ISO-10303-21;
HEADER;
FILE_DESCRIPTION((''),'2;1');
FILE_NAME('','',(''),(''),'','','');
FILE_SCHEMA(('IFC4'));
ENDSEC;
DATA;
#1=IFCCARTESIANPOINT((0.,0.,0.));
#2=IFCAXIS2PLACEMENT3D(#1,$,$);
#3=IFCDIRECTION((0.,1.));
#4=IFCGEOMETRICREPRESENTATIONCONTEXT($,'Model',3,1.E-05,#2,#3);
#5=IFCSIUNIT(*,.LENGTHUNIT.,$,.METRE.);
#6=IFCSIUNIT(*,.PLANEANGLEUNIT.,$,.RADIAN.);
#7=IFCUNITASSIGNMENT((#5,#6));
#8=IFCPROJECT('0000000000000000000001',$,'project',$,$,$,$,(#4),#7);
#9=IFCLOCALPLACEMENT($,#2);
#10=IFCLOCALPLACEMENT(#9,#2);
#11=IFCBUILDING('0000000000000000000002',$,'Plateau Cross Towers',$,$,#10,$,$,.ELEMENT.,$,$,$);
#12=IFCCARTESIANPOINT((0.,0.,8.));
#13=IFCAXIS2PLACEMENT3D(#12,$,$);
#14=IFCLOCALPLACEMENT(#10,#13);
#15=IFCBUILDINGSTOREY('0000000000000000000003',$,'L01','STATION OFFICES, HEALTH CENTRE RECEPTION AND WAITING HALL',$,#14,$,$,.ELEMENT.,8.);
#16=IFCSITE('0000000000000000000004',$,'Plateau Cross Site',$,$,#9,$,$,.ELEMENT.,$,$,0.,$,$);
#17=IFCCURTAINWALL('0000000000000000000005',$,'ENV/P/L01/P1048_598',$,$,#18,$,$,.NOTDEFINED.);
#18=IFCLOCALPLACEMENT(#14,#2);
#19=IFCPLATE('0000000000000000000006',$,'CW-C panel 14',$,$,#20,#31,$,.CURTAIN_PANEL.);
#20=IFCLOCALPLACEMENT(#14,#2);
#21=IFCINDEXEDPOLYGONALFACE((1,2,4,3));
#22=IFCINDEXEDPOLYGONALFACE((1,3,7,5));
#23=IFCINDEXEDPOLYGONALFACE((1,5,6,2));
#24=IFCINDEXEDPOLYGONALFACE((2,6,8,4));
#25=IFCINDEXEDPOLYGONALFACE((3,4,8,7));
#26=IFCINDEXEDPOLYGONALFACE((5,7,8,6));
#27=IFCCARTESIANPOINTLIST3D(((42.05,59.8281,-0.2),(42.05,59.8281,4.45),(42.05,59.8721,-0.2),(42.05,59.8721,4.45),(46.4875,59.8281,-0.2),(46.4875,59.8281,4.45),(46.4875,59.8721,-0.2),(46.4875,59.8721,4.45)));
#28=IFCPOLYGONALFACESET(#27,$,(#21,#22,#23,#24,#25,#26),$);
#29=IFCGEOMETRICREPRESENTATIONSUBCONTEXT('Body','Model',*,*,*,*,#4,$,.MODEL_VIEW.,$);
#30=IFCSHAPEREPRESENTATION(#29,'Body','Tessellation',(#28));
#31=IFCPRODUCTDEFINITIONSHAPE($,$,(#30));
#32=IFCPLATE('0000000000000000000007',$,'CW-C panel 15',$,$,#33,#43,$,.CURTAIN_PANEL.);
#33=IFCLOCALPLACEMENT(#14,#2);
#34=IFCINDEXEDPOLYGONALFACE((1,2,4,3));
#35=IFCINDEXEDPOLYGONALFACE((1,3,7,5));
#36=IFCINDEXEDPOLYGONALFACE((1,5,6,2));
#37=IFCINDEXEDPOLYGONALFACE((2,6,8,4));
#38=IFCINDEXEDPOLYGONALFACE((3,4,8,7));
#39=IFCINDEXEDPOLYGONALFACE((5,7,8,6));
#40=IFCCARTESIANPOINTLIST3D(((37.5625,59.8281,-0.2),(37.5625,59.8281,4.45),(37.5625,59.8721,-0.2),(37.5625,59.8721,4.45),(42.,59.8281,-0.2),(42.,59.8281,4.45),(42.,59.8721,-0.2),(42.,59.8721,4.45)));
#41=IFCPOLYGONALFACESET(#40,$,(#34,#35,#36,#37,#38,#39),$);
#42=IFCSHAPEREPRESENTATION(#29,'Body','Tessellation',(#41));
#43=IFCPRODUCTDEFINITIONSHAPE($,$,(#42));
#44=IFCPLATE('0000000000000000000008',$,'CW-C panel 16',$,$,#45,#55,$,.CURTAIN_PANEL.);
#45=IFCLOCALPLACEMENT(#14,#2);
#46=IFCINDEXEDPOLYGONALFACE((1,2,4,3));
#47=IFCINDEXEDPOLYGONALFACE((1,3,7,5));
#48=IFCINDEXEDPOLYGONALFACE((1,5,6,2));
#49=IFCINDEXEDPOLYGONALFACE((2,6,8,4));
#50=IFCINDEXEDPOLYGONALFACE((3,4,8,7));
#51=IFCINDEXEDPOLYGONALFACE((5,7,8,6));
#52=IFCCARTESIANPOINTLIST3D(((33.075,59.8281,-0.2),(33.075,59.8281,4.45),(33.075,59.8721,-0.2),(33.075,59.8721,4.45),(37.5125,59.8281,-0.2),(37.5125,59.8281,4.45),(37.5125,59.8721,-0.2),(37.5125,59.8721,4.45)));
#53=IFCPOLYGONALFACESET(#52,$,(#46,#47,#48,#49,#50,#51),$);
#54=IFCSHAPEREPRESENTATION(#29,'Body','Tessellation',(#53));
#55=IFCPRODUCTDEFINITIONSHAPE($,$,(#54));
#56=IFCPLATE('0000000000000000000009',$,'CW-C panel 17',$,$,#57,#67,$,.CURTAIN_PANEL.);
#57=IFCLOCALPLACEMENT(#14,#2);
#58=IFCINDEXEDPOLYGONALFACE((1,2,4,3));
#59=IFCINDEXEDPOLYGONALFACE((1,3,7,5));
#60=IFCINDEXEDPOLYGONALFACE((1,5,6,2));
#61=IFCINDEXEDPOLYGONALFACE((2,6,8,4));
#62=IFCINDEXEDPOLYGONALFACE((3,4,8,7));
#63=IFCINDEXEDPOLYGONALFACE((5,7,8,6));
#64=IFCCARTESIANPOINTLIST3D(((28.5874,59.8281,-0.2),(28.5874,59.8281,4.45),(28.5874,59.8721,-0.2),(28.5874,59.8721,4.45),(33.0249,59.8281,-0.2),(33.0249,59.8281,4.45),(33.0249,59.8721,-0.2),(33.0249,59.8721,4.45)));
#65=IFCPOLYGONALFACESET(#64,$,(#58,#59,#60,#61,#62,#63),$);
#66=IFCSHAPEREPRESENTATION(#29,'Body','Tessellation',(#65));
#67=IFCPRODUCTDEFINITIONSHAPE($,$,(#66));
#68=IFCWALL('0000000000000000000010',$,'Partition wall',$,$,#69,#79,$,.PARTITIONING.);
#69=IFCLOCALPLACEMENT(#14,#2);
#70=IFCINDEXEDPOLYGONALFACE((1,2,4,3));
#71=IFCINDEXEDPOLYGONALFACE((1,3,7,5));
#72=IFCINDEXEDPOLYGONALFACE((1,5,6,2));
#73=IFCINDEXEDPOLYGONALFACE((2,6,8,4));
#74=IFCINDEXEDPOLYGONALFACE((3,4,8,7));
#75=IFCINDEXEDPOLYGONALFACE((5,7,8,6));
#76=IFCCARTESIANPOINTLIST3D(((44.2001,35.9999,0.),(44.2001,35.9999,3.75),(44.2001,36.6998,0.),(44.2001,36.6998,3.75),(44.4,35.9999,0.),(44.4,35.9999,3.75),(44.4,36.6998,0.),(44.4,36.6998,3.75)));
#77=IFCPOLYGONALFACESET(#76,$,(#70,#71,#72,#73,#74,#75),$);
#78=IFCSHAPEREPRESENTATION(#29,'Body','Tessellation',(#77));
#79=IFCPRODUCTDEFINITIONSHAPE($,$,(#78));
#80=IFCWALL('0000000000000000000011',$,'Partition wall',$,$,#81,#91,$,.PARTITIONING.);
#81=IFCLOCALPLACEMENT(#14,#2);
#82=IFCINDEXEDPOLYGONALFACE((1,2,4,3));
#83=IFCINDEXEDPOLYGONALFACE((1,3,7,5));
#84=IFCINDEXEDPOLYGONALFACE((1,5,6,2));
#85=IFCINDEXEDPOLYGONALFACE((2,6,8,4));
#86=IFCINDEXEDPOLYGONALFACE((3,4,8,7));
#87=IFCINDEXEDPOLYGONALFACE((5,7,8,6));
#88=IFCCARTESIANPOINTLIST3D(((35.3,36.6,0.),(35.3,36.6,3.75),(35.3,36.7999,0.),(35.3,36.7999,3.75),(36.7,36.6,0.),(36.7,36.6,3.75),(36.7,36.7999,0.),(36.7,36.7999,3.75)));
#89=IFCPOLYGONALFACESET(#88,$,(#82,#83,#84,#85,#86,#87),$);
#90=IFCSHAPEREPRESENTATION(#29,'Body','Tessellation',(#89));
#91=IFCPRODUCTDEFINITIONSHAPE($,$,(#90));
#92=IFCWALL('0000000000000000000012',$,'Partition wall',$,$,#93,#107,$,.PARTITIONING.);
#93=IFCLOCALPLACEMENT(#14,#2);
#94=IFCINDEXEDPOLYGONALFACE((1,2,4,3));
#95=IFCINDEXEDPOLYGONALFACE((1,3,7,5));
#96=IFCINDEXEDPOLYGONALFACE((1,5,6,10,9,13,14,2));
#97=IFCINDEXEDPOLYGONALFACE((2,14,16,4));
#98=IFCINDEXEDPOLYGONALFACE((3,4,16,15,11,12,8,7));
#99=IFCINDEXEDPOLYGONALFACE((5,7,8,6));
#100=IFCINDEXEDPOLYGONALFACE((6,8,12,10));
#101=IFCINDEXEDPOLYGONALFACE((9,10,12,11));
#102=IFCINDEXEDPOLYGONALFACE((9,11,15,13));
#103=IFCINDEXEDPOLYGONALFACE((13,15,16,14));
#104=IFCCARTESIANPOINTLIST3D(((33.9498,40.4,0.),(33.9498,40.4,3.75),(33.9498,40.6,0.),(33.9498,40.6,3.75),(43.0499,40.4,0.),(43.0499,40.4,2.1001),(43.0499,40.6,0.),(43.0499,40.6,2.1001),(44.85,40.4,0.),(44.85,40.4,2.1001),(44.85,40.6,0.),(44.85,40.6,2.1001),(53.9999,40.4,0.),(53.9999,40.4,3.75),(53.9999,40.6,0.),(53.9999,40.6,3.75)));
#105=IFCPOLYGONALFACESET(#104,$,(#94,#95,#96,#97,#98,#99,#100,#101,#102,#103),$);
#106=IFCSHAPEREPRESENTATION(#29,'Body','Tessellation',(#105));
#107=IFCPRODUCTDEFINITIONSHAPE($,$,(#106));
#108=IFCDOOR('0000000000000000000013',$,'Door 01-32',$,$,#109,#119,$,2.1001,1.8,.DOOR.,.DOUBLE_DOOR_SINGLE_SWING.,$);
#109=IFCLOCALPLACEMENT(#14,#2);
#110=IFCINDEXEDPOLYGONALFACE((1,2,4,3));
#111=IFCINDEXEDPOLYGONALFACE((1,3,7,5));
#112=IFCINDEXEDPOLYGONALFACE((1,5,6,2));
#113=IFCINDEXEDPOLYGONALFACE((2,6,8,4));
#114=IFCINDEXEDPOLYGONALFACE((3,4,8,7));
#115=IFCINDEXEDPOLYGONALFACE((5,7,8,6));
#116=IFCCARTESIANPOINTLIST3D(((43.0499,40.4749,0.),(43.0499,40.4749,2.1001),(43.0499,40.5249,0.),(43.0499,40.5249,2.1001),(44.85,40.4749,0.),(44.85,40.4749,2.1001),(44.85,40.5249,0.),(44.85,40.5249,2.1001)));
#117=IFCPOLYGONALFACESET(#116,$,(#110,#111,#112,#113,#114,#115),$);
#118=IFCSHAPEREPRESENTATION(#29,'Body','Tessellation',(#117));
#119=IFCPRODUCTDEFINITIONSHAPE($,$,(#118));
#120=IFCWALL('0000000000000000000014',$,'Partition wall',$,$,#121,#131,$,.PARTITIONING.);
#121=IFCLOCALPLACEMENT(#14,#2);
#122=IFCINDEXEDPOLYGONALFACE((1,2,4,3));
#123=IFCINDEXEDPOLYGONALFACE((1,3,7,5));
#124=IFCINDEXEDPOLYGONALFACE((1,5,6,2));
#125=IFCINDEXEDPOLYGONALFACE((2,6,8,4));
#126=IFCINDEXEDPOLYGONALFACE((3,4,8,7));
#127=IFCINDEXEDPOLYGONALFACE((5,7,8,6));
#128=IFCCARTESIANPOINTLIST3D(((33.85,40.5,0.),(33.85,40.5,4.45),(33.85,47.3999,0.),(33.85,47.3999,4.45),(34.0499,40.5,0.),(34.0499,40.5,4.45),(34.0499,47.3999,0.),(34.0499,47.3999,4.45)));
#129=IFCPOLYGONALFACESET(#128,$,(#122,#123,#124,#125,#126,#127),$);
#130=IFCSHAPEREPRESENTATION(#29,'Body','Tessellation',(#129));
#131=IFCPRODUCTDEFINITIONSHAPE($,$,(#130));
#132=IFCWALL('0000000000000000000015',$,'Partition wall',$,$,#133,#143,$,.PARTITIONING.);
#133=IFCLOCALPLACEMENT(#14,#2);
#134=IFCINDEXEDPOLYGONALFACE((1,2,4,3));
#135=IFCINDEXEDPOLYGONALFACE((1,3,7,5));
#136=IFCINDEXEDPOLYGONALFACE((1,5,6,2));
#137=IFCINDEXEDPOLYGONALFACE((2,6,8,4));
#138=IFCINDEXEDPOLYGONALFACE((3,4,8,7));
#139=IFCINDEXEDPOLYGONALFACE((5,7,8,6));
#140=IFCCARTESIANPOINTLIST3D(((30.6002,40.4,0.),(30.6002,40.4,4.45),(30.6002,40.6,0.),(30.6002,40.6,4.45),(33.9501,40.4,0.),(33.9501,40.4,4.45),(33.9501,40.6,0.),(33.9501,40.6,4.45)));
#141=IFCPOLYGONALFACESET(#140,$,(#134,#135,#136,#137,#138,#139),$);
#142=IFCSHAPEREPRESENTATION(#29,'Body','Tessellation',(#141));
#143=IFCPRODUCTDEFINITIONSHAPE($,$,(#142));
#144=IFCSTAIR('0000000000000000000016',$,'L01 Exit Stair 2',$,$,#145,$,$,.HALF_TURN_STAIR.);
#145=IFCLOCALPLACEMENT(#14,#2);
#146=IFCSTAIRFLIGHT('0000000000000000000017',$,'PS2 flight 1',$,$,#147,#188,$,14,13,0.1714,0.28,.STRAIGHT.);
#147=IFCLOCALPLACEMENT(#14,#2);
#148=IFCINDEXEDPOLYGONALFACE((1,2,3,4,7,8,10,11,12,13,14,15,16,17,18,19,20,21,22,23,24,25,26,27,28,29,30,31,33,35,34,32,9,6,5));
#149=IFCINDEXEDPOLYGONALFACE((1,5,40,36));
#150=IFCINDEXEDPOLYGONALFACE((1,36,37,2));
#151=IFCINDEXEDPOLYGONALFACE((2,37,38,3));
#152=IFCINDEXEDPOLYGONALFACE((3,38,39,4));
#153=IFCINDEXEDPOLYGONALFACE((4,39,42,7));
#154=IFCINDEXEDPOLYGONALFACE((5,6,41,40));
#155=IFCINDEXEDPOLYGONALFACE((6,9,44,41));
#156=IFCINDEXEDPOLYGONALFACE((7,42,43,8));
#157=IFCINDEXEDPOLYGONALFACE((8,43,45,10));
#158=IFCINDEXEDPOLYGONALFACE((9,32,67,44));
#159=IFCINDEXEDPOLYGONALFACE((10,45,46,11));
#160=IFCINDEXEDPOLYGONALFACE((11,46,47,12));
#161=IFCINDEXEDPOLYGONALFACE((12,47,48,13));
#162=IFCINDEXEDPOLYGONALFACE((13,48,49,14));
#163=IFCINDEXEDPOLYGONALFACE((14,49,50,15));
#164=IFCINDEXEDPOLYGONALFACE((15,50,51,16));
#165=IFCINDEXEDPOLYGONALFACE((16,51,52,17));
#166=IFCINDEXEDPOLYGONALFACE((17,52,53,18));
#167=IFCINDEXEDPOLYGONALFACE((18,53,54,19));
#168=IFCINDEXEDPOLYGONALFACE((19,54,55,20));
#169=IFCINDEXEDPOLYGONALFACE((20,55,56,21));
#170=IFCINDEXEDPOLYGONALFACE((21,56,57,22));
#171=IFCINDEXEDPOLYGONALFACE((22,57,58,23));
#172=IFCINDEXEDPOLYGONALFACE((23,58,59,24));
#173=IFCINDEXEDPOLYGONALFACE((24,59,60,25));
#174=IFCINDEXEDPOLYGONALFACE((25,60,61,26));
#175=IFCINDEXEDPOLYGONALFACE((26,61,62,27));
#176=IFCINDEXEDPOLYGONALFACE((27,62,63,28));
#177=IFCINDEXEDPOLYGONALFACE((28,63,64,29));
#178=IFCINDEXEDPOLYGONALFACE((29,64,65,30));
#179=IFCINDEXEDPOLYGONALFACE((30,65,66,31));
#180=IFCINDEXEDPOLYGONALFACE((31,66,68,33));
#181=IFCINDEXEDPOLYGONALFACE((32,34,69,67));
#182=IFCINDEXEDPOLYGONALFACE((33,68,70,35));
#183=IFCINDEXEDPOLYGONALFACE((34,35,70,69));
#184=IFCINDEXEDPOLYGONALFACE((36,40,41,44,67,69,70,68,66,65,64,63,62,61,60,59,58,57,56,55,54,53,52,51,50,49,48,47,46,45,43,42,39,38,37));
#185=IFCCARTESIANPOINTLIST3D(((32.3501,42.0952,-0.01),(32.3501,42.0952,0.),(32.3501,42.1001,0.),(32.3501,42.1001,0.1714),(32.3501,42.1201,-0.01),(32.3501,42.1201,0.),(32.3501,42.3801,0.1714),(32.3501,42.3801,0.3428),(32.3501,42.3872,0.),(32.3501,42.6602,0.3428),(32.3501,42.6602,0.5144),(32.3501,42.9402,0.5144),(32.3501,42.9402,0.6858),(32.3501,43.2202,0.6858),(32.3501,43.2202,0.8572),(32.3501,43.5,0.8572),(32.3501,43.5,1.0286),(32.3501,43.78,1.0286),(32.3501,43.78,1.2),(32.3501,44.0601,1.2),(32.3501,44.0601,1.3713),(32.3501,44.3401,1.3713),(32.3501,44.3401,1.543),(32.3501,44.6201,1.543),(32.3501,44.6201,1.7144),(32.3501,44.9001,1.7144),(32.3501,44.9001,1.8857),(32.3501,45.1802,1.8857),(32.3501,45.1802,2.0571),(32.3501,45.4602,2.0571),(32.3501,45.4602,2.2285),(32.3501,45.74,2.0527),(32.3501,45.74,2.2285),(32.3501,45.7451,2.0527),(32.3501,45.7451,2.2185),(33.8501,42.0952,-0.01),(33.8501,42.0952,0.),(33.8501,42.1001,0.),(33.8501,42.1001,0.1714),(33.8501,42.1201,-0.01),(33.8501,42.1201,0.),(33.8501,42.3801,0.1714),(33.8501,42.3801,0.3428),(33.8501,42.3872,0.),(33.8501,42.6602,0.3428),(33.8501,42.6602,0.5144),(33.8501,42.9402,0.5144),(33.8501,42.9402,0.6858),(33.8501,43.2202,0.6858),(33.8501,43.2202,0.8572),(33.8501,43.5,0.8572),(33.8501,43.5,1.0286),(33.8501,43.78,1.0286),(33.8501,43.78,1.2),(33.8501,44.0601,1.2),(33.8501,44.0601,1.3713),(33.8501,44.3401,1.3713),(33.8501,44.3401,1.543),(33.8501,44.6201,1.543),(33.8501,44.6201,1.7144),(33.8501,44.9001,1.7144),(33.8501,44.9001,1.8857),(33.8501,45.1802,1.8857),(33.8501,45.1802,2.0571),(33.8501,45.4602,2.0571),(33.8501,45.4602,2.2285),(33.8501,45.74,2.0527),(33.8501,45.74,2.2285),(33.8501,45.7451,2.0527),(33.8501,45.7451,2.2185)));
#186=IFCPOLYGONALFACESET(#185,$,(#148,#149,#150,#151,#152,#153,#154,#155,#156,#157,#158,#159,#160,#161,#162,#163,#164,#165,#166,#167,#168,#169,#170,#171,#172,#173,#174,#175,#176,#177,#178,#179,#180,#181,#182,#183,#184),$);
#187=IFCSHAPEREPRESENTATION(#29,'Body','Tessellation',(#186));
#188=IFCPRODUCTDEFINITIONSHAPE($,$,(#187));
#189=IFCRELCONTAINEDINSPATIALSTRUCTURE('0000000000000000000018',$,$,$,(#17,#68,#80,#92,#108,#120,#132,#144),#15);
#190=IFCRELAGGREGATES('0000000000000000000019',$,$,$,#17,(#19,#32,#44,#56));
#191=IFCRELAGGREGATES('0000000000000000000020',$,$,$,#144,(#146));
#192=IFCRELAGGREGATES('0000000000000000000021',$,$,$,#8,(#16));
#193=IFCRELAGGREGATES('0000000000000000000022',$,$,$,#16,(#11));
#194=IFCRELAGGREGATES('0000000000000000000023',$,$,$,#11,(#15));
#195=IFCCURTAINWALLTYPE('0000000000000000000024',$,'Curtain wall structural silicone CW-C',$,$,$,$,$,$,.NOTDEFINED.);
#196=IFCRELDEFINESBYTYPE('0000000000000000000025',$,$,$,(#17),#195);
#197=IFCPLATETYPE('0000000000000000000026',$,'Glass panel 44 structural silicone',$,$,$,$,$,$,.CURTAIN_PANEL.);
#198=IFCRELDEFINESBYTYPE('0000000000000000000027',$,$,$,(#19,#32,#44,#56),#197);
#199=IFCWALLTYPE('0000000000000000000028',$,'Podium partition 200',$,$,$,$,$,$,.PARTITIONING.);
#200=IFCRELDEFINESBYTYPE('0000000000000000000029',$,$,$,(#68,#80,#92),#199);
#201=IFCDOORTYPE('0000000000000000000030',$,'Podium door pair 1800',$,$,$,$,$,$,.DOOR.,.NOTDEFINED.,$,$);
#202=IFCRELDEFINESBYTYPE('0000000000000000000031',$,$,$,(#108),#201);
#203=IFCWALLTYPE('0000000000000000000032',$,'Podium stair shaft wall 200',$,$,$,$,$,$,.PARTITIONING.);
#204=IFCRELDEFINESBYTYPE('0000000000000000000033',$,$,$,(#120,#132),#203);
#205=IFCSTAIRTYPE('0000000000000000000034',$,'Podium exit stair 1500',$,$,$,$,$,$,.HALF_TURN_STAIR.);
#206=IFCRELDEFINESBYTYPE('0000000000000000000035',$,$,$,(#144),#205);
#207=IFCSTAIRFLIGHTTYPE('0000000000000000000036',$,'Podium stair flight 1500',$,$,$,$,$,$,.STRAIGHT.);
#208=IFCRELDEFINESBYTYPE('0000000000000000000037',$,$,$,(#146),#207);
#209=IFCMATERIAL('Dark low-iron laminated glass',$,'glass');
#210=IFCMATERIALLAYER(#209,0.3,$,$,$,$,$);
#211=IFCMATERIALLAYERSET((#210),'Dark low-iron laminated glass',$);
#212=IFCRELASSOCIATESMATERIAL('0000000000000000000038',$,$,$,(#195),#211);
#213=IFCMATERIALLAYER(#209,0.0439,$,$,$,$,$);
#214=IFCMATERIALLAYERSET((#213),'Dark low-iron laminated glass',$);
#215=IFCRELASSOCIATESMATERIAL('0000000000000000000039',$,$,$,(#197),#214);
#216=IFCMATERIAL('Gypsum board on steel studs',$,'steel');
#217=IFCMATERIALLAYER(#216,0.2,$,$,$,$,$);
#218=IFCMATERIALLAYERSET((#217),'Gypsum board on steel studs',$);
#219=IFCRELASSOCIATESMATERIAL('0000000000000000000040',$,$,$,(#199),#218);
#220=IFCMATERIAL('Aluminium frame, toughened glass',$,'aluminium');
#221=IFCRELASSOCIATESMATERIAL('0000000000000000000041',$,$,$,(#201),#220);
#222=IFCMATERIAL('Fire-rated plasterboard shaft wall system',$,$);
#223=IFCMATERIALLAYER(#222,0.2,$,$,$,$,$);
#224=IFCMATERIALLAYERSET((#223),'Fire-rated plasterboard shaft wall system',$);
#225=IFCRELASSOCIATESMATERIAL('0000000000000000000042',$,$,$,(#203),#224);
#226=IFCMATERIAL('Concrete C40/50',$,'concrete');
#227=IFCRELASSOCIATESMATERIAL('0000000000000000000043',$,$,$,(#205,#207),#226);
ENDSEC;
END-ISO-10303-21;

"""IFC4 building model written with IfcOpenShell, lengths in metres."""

from ifc_helpers import new_model, si_unit, direction, frame, frame_2d, origin, origin_2d, place, context, subcontext, project, spatial, polyline, rectangle, outline, extrude, material, layer, layer_set, type_object, element, fill, aggregate, save


model = new_model("IFC4")

# Units and contexts
model_context = context("Model", 3, precision=1e-05, world=origin(), true_north=direction((0.0, 1.0)))
body_context = subcontext(model_context, "Body", "Model", "MODEL_VIEW")
ifc_project = project(units=[si_unit("LENGTHUNIT", "METRE"), si_unit("PLANEANGLEUNIT", "RADIAN")], contexts=[model_context])

# Site, building, storey
site_placement = place(None, origin())
site = spatial("IfcSite", under=ifc_project, at=site_placement, Name="Plateau Cross Site", CompositionType="ELEMENT", RefElevation=0.0)
building_placement = place(site_placement, origin())
building = spatial("IfcBuilding", under=site, at=building_placement, Name="Plateau Cross Towers", CompositionType="ELEMENT")
storey_placement = place(building_placement, frame((0.0, 0.0, 8.0)))
storey = spatial("IfcBuildingStorey", under=building, at=storey_placement, Name="L01", Description="STATION OFFICES, HEALTH CENTRE RECEPTION AND WAITING HALL", CompositionType="ELEMENT", Elevation=8.0)

# Curtain wall
ifc_material_1 = material(Name="Dark low-iron laminated glass", Category="glass")
ifc_layer_1 = layer(ifc_material_1, 0.3)
ifc_layer_set_1 = layer_set([ifc_layer_1], Name="Dark low-iron laminated glass")
curtain_wall_type = type_object("IfcCurtainWallType", Name="Curtain wall structural silicone CW-C", PredefinedType="NOTDEFINED", material=ifc_layer_set_1)
curtain_wall_placement = place(storey_placement, origin())
curtain_wall = element("IfcCurtainWall", 1, at=curtain_wall_placement, inside=storey, type_object=curtain_wall_type, Name="ENV/P/L01/P1048_598", PredefinedType="NOTDEFINED")

# Plates
ifc_layer_2 = layer(ifc_material_1, 0.0439)
ifc_layer_set_2 = layer_set([ifc_layer_2], Name="Dark low-iron laminated glass")
plate_type = type_object("IfcPlateType", Name="Glass panel 44 structural silicone", PredefinedType="CURTAIN_PANEL", material=ifc_layer_set_2)
plate_1_placement = place(storey_placement, frame((44.2688, 59.8501, -0.2), z_axis=(0.0, 0.0, 1.0), x_axis=(-1.0, 0.0, 0.0)))
plate_1 = element("IfcPlate", 2, at=plate_1_placement, type_object=plate_type, Name="CW-C panel 14", PredefinedType="CURTAIN_PANEL", context=body_context, shape_type="SweptSolid", body=[
    extrude(rectangle(XDim=4.4375, YDim=0.0439, at=origin_2d()), origin(), (0.0, 0.0, 1.0), 4.6499),
])
plate_2_placement = place(storey_placement, frame((39.7812, 59.8501, -0.2), z_axis=(0.0, 0.0, 1.0), x_axis=(-1.0, 0.0, 0.0)))
plate_2 = element("IfcPlate", 3, at=plate_2_placement, type_object=plate_type, Name="CW-C panel 15", PredefinedType="CURTAIN_PANEL", context=body_context, shape_type="SweptSolid", body=[
    extrude(rectangle(XDim=4.4375, YDim=0.0439, at=origin_2d()), origin(), (0.0, 0.0, 1.0), 4.6499),
])
plate_3_placement = place(storey_placement, frame((35.2937, 59.8501, -0.2), z_axis=(0.0, 0.0, 1.0), x_axis=(-1.0, 0.0, 0.0)))
plate_3 = element("IfcPlate", 4, at=plate_3_placement, type_object=plate_type, Name="CW-C panel 16", PredefinedType="CURTAIN_PANEL", context=body_context, shape_type="SweptSolid", body=[
    extrude(rectangle(XDim=4.4375, YDim=0.0439, at=origin_2d()), origin(), (0.0, 0.0, 1.0), 4.6499),
])
plate_4_placement = place(storey_placement, frame((30.8062, 59.8501, -0.2), z_axis=(0.0, 0.0, 1.0), x_axis=(-1.0, 0.0, 0.0)))
plate_4 = element("IfcPlate", 5, at=plate_4_placement, type_object=plate_type, Name="CW-C panel 17", PredefinedType="CURTAIN_PANEL", context=body_context, shape_type="SweptSolid", body=[
    extrude(rectangle(XDim=4.4375, YDim=0.0439, at=origin_2d()), origin(), (0.0, 0.0, 1.0), 4.6499),
])
aggregate(curtain_wall, [plate_1, plate_2, plate_3, plate_4])

# Walls
ifc_material_2 = material(Name="Gypsum board on steel studs", Category="steel")
ifc_layer_3 = layer(ifc_material_2, 0.2)
ifc_layer_set_3 = layer_set([ifc_layer_3], Name="Gypsum board on steel studs")
wall_type_1 = type_object("IfcWallType", Name="Podium partition 200", PredefinedType="PARTITIONING", material=ifc_layer_set_3)
wall_1_placement = place(storey_placement, frame((44.3, 36.7, 0.0), z_axis=(0.0, 0.0, 1.0), x_axis=(0.0, -1.0, 0.0)))
element("IfcWall", 6, at=wall_1_placement, inside=storey, type_object=wall_type_1, Name="Partition wall", PredefinedType="PARTITIONING", context=body_context, shape_type="SweptSolid", body=[
    extrude(rectangle(XDim=0.7, YDim=0.2, at=frame_2d((0.3501, 0.0))), origin(), (0.0, 0.0, 1.0), 3.75),
])
wall_2_placement = place(storey_placement, frame((36.7, 36.7, 0.0), z_axis=(0.0, 0.0, 1.0), x_axis=(-1.0, 0.0, 0.0)))
element("IfcWall", 7, at=wall_2_placement, inside=storey, type_object=wall_type_1, Name="Partition wall", PredefinedType="PARTITIONING", context=body_context, shape_type="SweptSolid", body=[
    extrude(rectangle(XDim=1.3999, YDim=0.2, at=frame_2d((0.7, 0.0))), origin(), (0.0, 0.0, 1.0), 3.75),
])

# Wall, opening, door
wall_3_placement = place(storey_placement, frame((33.95, 40.5, 0.0), z_axis=(0.0, 0.0, 1.0), x_axis=(1.0, 0.0, 0.0)))
wall_3 = element("IfcWall", 8, at=wall_3_placement, inside=storey, type_object=wall_type_1, Name="Partition wall", PredefinedType="PARTITIONING", context=body_context, shape_type="SweptSolid", body=[
    extrude(rectangle(XDim=20.05, YDim=0.2, at=frame_2d((10.0249, 0.0))), origin(), (0.0, 0.0, 1.0), 3.75),
])
opening_placement = place(wall_3_placement, frame((9.1001, 0.0, 0.0)))
opening = element("IfcOpeningElement", 9, at=opening_placement, cuts=wall_3, PredefinedType="OPENING", context=body_context, shape_type="SweptSolid", body=[
    extrude(rectangle(XDim=1.8, YDim=2.1001, at=frame_2d((0.8999, 1.05))), frame((0.0, 0.1099, 0.0), z_axis=(0.0, -1.0, 0.0), x_axis=(1.0, 0.0, 0.0)), (0.0, 0.0, 1.0), 0.22),
])
ifc_material_3 = material(Name="Aluminium frame, toughened glass", Category="aluminium")
door_type = type_object("IfcDoorType", Name="Podium door pair 1800", OperationType="NOTDEFINED", PredefinedType="DOOR", material=ifc_material_3)
door_placement = place(opening_placement, origin())
door = element("IfcDoor", 10, at=door_placement, inside=storey, type_object=door_type, Name="Door 01-32", OperationType="DOUBLE_DOOR_SINGLE_SWING", OverallHeight=2.1001, OverallWidth=1.8, PredefinedType="DOOR", context=body_context, shape_type="SweptSolid", body=[
    extrude(rectangle(XDim=1.8, YDim=2.1001, at=frame_2d((0.8999, 1.05))), frame((0.0, 0.0249, 0.0), z_axis=(0.0, -1.0, 0.0), x_axis=(1.0, 0.0, 0.0)), (0.0, 0.0, 1.0), 0.05),
])
fill(opening, door)

# Walls
ifc_material_4 = material(Name="Fire-rated plasterboard shaft wall system")
ifc_layer_4 = layer(ifc_material_4, 0.2)
ifc_layer_set_4 = layer_set([ifc_layer_4], Name="Fire-rated plasterboard shaft wall system")
wall_type_2 = type_object("IfcWallType", Name="Podium stair shaft wall 200", PredefinedType="PARTITIONING", material=ifc_layer_set_4)
wall_4_placement = place(storey_placement, frame((33.95, 47.3999, 0.0), z_axis=(0.0, 0.0, 1.0), x_axis=(0.0, -1.0, 0.0)))
element("IfcWall", 11, at=wall_4_placement, inside=storey, type_object=wall_type_2, Name="Partition wall", PredefinedType="PARTITIONING", context=body_context, shape_type="SweptSolid", body=[
    extrude(rectangle(XDim=6.8999, YDim=0.2, at=frame_2d((3.45, 0.0))), origin(), (0.0, 0.0, 1.0), 4.45),
])
wall_5_placement = place(storey_placement, frame((33.95, 40.5, 0.0), z_axis=(0.0, 0.0, 1.0), x_axis=(-1.0, 0.0, 0.0)))
element("IfcWall", 12, at=wall_5_placement, inside=storey, type_object=wall_type_2, Name="Partition wall", PredefinedType="PARTITIONING", context=body_context, shape_type="SweptSolid", body=[
    extrude(rectangle(XDim=3.3499, YDim=0.2, at=frame_2d((1.6748, 0.0))), origin(), (0.0, 0.0, 1.0), 4.45),
])

# Stair, stair flight
ifc_material_5 = material(Name="Concrete C40/50", Category="concrete")
stair_type = type_object("IfcStairType", Name="Podium exit stair 1500", PredefinedType="HALF_TURN_STAIR", material=ifc_material_5)
stair_placement = place(storey_placement, origin())
stair = element("IfcStair", 13, at=stair_placement, inside=storey, type_object=stair_type, Name="L01 Exit Stair 2", PredefinedType="HALF_TURN_STAIR")
stair_flight_type = type_object("IfcStairFlightType", Name="Podium stair flight 1500", PredefinedType="STRAIGHT", material=ifc_material_5)
stair_flight_1_placement = place(storey_placement, frame((33.1001, 42.1001, 0.0), z_axis=(0.0, 0.0, 1.0), x_axis=(0.0, 1.0, 0.0)))
stair_flight_1 = element("IfcStairFlight", 14, at=stair_flight_1_placement, type_object=stair_flight_type, Name="PS2 flight 1", NumberOfRisers=14, NumberOfTreads=13, PredefinedType="STRAIGHT", RiserHeight=0.1714, TreadLength=0.28, context=body_context, shape_type="SweptSolid", body=[
    extrude(outline(polyline([(-0.0049, -0.01), (-0.0049, 0.0), (0.0, 0.0), (0.0, 0.1714), (0.28, 0.1714), (0.28, 0.3428), (0.5601, 0.3428), (0.5601, 0.5144), (0.8401, 0.5144), (0.8401, 0.6858), (1.1201, 0.6858), (1.1201, 0.8572), (1.3999, 0.8572), (1.3999, 1.0286), (1.6799, 1.0286), (1.6799, 1.2), (1.96, 1.2), (1.96, 1.3713), (2.24, 1.3713), (2.24, 1.543), (2.52, 1.543), (2.52, 1.7144), (2.8, 1.7144), (2.8, 1.8857), (3.0801, 1.8857), (3.0801, 2.0571), (3.3601, 2.0571), (3.3601, 2.2285), (3.6399, 2.2285), (3.645, 2.2185), (3.645, 2.0527), (3.6399, 2.0527), (0.2871, 0.0), (0.02, 0.0), (0.02, -0.01), (-0.0049, -0.01)])), frame((0.0, 0.75, 0.0), z_axis=(0.0, -1.0, 0.0), x_axis=(1.0, 0.0, 0.0)), (0.0, 0.0, 1.0), 1.5),
])
aggregate(stair, [stair_flight_1])

save(model, "model.ifc")
